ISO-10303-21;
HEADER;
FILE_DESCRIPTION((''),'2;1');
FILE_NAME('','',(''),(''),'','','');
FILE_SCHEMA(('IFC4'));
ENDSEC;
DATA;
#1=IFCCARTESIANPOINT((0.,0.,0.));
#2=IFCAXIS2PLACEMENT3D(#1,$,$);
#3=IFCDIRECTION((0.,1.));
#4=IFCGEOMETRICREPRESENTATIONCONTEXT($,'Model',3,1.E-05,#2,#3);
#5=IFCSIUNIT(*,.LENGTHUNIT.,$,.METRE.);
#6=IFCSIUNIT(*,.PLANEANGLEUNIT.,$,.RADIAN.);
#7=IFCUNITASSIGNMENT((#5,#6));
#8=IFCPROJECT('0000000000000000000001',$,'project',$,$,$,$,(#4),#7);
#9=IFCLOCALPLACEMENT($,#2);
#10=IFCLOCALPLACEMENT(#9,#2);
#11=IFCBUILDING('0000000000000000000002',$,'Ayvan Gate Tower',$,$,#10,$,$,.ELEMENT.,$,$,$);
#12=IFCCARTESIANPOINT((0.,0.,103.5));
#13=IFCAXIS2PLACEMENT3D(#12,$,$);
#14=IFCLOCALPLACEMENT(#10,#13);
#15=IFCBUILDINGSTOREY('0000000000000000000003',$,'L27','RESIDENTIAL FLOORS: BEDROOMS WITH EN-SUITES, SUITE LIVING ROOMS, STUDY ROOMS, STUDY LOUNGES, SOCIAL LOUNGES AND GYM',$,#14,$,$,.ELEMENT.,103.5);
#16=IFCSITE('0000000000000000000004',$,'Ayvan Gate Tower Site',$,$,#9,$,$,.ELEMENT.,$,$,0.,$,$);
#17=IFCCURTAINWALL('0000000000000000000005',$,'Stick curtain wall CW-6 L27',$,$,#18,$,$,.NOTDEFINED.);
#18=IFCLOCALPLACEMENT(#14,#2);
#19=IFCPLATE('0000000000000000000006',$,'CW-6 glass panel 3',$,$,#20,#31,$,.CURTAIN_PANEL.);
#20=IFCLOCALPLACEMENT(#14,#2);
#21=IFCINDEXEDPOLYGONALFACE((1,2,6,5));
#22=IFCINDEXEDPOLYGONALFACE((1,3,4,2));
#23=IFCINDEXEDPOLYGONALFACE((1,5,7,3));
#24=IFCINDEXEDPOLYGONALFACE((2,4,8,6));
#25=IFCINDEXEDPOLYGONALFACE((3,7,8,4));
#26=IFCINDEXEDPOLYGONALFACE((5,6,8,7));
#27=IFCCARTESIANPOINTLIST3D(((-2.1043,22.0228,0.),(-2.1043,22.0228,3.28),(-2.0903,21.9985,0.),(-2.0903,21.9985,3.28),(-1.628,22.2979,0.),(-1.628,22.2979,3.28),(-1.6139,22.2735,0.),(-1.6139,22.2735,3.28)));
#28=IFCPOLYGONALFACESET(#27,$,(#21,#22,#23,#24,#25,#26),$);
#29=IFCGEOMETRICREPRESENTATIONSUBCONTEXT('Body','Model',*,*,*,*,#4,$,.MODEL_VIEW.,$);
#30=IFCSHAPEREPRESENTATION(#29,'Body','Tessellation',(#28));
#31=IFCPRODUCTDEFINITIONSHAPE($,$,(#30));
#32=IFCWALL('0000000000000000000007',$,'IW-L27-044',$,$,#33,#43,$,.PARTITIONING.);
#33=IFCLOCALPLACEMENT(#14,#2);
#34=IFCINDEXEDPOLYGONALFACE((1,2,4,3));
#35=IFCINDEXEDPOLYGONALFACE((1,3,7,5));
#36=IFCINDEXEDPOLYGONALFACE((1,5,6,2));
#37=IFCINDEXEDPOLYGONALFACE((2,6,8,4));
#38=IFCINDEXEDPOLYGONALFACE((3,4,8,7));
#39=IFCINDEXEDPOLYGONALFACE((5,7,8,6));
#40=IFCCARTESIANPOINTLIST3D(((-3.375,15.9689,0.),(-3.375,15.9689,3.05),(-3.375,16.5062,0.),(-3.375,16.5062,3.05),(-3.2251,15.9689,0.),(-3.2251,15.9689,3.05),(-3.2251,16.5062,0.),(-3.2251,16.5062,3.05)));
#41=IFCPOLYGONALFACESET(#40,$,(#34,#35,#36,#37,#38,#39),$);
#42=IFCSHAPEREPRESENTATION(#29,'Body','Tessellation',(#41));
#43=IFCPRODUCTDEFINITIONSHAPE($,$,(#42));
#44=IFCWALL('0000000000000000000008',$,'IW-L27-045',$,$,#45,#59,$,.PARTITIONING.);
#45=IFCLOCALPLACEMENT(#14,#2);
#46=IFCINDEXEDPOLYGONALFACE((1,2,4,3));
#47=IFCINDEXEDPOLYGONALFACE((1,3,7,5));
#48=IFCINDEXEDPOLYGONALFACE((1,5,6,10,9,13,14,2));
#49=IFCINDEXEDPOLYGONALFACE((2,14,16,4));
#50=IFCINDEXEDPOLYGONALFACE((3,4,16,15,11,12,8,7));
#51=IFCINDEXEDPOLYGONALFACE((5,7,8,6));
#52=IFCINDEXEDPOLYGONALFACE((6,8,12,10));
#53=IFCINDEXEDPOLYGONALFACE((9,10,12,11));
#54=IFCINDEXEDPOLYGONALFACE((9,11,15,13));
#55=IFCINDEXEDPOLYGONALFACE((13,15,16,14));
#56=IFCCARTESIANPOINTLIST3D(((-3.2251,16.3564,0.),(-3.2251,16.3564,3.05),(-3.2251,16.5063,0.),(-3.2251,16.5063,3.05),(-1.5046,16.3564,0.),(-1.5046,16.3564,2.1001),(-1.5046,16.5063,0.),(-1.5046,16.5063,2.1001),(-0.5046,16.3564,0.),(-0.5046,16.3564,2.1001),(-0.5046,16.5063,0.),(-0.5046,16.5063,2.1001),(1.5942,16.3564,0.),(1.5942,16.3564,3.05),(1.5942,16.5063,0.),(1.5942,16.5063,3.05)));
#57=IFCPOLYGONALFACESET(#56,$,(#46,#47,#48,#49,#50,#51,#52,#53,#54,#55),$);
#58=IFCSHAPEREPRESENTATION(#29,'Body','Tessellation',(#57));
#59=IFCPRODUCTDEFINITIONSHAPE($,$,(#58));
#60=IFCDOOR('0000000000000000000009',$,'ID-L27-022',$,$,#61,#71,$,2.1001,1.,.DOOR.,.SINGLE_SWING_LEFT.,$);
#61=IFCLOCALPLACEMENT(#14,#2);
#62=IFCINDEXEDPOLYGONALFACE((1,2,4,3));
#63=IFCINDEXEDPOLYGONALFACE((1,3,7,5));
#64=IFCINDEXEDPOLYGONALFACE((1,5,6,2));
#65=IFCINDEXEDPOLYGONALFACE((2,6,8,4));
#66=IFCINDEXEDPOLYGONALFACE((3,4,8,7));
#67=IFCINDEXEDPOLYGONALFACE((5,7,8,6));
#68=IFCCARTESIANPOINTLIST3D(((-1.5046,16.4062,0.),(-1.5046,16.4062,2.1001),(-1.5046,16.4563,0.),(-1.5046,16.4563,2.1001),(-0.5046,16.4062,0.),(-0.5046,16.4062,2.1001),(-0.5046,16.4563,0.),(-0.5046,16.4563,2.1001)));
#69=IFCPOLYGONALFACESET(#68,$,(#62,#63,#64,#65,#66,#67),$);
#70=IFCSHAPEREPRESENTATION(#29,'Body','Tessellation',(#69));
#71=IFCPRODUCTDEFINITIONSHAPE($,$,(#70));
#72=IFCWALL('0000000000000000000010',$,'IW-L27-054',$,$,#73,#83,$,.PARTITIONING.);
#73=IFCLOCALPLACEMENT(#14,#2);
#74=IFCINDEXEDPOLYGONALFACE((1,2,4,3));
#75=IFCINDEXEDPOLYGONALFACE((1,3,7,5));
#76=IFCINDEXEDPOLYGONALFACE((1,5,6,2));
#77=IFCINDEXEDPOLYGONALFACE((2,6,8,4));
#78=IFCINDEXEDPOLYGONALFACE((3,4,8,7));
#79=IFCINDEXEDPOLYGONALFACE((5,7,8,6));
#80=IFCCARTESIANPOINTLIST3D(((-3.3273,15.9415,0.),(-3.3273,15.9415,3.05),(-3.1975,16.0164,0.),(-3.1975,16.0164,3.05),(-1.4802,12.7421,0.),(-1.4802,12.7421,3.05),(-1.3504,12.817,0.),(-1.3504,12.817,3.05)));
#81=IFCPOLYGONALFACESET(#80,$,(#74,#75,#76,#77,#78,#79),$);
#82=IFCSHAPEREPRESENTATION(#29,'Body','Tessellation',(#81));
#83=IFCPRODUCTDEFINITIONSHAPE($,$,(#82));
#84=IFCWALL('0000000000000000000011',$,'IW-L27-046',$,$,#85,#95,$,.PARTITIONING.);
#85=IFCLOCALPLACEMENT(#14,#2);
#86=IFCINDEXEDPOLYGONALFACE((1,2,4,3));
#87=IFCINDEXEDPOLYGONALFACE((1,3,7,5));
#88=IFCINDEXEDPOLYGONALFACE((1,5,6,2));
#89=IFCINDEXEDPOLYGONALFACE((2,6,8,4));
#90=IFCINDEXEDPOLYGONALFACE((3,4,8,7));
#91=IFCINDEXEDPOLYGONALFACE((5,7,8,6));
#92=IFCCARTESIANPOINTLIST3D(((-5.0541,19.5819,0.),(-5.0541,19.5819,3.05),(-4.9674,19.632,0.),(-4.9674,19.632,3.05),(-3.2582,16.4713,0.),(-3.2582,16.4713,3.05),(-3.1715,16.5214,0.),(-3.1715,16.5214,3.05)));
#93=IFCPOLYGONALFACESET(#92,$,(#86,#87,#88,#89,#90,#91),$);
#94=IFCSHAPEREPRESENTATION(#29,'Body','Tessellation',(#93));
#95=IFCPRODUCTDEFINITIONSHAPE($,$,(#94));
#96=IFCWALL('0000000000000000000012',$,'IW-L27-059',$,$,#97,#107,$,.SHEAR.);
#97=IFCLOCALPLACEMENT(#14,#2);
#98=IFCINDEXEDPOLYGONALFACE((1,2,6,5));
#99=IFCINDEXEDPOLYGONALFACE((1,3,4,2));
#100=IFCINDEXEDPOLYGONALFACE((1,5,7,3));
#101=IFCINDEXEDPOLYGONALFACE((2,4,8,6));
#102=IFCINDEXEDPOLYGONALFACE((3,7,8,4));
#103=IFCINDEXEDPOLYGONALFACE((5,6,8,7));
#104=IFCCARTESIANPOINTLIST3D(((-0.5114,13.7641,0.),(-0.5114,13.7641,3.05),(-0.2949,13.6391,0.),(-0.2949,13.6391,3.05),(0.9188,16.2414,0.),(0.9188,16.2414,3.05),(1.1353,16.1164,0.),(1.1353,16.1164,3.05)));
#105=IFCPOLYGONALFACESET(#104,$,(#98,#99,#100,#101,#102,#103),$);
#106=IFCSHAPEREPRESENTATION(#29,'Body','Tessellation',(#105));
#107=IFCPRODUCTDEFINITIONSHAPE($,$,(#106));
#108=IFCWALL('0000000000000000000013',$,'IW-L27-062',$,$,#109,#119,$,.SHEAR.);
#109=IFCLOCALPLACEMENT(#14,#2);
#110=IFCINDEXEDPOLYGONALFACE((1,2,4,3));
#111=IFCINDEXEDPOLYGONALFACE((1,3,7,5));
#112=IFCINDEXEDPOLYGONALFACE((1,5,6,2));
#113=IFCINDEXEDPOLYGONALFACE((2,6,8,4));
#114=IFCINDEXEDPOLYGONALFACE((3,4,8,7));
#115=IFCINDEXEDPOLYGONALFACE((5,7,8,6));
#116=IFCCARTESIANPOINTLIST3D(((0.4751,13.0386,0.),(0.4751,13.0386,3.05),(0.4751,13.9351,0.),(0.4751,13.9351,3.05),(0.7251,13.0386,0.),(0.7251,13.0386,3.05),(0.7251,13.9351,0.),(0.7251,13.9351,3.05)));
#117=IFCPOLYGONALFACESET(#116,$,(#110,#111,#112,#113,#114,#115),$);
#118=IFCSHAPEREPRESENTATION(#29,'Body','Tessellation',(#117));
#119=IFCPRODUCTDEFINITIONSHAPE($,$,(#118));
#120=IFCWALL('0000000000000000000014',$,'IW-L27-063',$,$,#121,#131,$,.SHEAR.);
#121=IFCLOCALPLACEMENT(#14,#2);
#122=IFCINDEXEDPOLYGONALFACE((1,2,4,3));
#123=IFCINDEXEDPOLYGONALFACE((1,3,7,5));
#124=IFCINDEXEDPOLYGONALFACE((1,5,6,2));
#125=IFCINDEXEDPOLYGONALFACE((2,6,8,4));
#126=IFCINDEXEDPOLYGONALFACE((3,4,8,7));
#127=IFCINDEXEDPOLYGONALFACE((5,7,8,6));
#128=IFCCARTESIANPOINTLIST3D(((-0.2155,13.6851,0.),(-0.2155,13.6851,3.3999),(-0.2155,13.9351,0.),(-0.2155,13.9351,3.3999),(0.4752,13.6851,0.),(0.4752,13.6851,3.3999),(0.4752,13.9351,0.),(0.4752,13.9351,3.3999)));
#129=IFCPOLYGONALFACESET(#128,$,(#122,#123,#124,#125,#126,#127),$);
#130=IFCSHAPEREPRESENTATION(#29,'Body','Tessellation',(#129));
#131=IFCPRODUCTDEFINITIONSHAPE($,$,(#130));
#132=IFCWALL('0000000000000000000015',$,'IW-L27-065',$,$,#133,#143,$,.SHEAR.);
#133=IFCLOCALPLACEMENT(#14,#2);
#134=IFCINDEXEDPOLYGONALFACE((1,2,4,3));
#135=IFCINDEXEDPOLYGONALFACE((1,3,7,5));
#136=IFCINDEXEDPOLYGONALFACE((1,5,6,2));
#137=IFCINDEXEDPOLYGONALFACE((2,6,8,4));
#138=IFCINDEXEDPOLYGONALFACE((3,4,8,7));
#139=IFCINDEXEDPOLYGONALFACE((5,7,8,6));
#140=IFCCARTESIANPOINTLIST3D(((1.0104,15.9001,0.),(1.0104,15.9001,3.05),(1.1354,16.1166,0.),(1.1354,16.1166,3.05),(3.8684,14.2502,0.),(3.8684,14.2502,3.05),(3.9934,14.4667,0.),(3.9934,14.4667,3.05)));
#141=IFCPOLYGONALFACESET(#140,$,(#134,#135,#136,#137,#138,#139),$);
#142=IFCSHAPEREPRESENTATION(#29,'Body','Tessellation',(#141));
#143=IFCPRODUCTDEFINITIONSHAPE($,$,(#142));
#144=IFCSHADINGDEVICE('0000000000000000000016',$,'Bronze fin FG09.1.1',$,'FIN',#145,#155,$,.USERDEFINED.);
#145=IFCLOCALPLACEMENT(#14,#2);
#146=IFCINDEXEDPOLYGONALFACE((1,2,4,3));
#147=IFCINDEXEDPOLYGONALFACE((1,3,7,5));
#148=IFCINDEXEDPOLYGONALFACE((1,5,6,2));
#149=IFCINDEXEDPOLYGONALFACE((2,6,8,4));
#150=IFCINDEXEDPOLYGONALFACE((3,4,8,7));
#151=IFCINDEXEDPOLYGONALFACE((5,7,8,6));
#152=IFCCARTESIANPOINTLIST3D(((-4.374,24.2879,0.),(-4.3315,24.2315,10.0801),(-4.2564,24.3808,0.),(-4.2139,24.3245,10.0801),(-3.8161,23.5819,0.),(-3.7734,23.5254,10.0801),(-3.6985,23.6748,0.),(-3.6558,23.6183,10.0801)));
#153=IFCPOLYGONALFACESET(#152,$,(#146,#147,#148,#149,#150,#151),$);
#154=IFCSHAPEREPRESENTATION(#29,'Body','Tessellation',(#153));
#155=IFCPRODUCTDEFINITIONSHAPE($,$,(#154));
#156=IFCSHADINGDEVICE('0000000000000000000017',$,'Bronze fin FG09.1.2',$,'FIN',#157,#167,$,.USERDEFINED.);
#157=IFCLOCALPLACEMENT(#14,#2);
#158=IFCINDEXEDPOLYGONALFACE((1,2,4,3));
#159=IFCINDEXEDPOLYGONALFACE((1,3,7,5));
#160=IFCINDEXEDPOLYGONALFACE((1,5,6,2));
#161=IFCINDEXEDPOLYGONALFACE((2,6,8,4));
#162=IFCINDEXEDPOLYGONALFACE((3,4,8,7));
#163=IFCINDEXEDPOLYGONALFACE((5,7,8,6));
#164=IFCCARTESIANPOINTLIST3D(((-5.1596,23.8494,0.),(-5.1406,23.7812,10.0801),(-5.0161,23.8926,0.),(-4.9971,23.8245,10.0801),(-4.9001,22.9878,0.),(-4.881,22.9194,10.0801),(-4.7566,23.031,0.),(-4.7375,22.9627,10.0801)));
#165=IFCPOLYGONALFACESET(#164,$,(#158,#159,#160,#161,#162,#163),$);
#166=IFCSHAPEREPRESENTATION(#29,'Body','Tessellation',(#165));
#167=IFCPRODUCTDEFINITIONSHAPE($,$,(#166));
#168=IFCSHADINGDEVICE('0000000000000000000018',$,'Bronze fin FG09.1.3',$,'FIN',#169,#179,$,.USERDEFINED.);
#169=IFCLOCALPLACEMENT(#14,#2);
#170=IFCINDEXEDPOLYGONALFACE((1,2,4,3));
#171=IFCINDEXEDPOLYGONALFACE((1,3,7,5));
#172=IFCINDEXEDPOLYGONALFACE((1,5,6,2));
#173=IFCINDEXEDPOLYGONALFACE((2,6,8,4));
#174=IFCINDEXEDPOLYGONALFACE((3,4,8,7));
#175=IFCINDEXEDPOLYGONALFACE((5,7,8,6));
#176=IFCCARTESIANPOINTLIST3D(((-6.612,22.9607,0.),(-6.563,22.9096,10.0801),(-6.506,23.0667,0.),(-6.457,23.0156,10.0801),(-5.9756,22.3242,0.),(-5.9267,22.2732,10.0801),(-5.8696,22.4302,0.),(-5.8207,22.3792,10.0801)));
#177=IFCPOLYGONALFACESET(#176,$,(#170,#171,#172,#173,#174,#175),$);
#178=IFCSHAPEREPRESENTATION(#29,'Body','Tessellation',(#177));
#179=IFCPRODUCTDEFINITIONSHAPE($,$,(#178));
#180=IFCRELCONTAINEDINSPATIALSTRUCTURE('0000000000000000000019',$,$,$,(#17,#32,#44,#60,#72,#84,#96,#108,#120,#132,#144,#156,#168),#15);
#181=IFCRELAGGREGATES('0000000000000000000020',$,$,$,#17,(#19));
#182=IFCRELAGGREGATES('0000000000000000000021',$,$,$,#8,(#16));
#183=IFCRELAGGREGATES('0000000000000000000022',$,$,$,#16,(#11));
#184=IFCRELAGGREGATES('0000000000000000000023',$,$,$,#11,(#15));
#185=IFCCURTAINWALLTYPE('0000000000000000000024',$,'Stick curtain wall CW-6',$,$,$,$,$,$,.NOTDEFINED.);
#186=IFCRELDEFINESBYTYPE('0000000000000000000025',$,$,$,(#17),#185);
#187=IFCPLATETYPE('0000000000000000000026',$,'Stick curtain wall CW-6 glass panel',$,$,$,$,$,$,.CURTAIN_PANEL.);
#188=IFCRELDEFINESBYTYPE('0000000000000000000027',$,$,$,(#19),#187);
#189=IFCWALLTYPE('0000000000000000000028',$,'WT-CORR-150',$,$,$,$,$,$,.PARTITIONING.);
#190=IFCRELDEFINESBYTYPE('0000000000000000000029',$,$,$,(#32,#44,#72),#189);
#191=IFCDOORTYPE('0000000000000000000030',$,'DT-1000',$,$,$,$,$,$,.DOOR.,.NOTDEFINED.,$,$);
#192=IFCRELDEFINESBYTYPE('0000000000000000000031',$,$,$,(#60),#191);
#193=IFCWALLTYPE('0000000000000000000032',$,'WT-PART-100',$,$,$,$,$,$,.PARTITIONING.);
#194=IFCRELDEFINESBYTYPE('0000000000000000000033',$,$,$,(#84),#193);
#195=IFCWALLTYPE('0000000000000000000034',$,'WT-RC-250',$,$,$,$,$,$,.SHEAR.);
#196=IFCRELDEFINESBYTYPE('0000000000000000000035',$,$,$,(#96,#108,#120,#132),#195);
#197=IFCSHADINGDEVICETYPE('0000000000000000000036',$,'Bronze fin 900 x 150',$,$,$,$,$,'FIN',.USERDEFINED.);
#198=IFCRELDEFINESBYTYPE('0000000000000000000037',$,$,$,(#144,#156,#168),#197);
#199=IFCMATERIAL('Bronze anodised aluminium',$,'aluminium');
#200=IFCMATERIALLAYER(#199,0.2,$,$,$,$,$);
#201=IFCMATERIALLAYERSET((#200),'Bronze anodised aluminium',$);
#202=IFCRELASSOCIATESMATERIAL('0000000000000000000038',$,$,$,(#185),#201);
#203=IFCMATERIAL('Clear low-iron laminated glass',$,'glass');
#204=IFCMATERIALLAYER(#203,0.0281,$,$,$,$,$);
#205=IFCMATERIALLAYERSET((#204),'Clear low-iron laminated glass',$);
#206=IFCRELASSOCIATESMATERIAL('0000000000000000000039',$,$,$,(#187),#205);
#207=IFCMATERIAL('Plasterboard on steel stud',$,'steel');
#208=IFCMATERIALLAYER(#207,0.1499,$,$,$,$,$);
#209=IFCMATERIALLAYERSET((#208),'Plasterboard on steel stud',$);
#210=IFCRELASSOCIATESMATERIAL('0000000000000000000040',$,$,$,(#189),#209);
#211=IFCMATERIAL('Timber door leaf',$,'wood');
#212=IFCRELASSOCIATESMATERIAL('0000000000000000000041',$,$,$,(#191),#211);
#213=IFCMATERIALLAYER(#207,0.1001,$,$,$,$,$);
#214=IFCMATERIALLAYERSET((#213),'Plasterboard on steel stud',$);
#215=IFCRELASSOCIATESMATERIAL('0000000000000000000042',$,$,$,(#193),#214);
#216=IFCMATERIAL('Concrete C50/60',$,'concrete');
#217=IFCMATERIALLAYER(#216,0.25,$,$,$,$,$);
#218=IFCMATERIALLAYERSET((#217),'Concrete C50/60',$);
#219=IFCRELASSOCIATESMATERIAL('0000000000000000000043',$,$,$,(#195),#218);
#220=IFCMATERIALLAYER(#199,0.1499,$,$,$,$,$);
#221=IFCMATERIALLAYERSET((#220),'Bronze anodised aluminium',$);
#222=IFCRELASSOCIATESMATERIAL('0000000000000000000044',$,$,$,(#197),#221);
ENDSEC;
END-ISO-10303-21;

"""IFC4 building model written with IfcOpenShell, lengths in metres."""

from ifc_helpers import new_model, si_unit, direction, frame, frame_2d, origin, origin_2d, place, context, subcontext, project, spatial, polyline, rectangle, outline, extrude, material, layer, layer_set, type_object, element, fill, aggregate, save


model = new_model("IFC4")

# Units and contexts
model_context = context("Model", 3, precision=1e-05, world=origin(), true_north=direction((0.0, 1.0)))
body_context = subcontext(model_context, "Body", "Model", "MODEL_VIEW")
ifc_project = project(units=[si_unit("LENGTHUNIT", "METRE"), si_unit("PLANEANGLEUNIT", "RADIAN")], contexts=[model_context])

# Site, building, storey
site_placement = place(None, origin())
site = spatial("IfcSite", under=ifc_project, at=site_placement, Name="Ayvan Gate Tower Site", CompositionType="ELEMENT", RefElevation=0.0)
building_placement = place(site_placement, origin())
building = spatial("IfcBuilding", under=site, at=building_placement, Name="Ayvan Gate Tower", CompositionType="ELEMENT")
storey_placement = place(building_placement, frame((0.0, 0.0, 103.5)))
storey = spatial("IfcBuildingStorey", under=building, at=storey_placement, Name="L27", Description="RESIDENTIAL FLOORS: BEDROOMS WITH EN-SUITES, SUITE LIVING ROOMS, STUDY ROOMS, STUDY LOUNGES, SOCIAL LOUNGES AND GYM", CompositionType="ELEMENT", Elevation=103.5)

# Curtain wall
ifc_material_1 = material(Name="Bronze anodised aluminium", Category="aluminium")
ifc_layer_1 = layer(ifc_material_1, 0.2)
ifc_layer_set_1 = layer_set([ifc_layer_1], Name="Bronze anodised aluminium")
curtain_wall_type_1 = type_object("IfcCurtainWallType", Name="Stick curtain wall CW-6", PredefinedType="NOTDEFINED", material=ifc_layer_set_1)
curtain_wall_1_placement = place(storey_placement, origin())
curtain_wall_1 = element("IfcCurtainWall", 1, at=curtain_wall_1_placement, inside=storey, type_object=curtain_wall_type_1, Name="Stick curtain wall CW-6 L27", PredefinedType="NOTDEFINED")

# Plate
ifc_material_2 = material(Name="Clear low-iron laminated glass", Category="glass")
ifc_layer_2 = layer(ifc_material_2, 0.0281)
ifc_layer_set_2 = layer_set([ifc_layer_2], Name="Clear low-iron laminated glass")
plate_type_1 = type_object("IfcPlateType", Name="Stick curtain wall CW-6 glass panel", PredefinedType="CURTAIN_PANEL", material=ifc_layer_set_2)
plate_1_placement = place(storey_placement, frame((-1.8591, 22.1482, 0.0), z_axis=(0.0, 0.0, 1.0), x_axis=(-0.866025, -0.5, 0.0)))
plate_1 = element("IfcPlate", 2, at=plate_1_placement, type_object=plate_type_1, Name="CW-6 glass panel 3", PredefinedType="CURTAIN_PANEL", context=body_context, shape_type="SweptSolid", body=[
    extrude(rectangle(XDim=0.55, YDim=0.0281, at=origin_2d()), origin(), (0.0, 0.0, 1.0), 3.28),
])
aggregate(curtain_wall_1, [plate_1])

# Wall
ifc_material_3 = material(Name="Plasterboard on steel stud", Category="steel")
ifc_layer_3 = layer(ifc_material_3, 0.1499)
ifc_layer_set_3 = layer_set([ifc_layer_3], Name="Plasterboard on steel stud")
wall_type_1 = type_object("IfcWallType", Name="WT-CORR-150", PredefinedType="PARTITIONING", material=ifc_layer_set_3)
wall_1_placement = place(storey_placement, frame((-3.3, 15.969, 0.0), z_axis=(0.0, 0.0, 1.0), x_axis=(0.0, 1.0, 0.0)))
element("IfcWall", 3, at=wall_1_placement, inside=storey, type_object=wall_type_1, Name="IW-L27-044", PredefinedType="PARTITIONING", context=body_context, shape_type="SweptSolid", body=[
    extrude(rectangle(XDim=0.5374, YDim=0.1499, at=frame_2d((0.2686, 0.0))), origin(), (0.0, 0.0, 1.0), 3.05),
])

# Wall, opening, door
wall_2_placement = place(storey_placement, frame((-3.2251, 16.4314, 0.0), z_axis=(0.0, 0.0, 1.0), x_axis=(1.0, 0.0, 0.0)))
wall_2 = element("IfcWall", 4, at=wall_2_placement, inside=storey, type_object=wall_type_1, Name="IW-L27-045", PredefinedType="PARTITIONING", context=body_context, shape_type="SweptSolid", body=[
    extrude(rectangle(XDim=4.8193, YDim=0.1499, at=frame_2d((2.4097, 0.0))), origin(), (0.0, 0.0, 1.0), 3.05),
])
opening_placement = place(wall_2_placement, frame((1.7205, 0.0, 0.0)))
opening = element("IfcOpeningElement", 5, at=opening_placement, cuts=wall_2, PredefinedType="OPENING", context=body_context, shape_type="SweptSolid", body=[
    extrude(rectangle(XDim=1.0, YDim=2.1001, at=frame_2d((0.5, 1.05))), frame((0.0, 0.085, 0.0), z_axis=(0.0, -1.0, 0.0), x_axis=(1.0, 0.0, 0.0)), (0.0, 0.0, 1.0), 0.1699),
])
ifc_material_4 = material(Name="Timber door leaf", Category="wood")
door_type = type_object("IfcDoorType", Name="DT-1000", OperationType="NOTDEFINED", PredefinedType="DOOR", material=ifc_material_4)
door_placement = place(opening_placement, origin())
door = element("IfcDoor", 6, at=door_placement, inside=storey, type_object=door_type, Name="ID-L27-022", OperationType="SINGLE_SWING_LEFT", OverallHeight=2.1001, OverallWidth=1.0, PredefinedType="DOOR", context=body_context, shape_type="SweptSolid", body=[
    extrude(rectangle(XDim=1.0, YDim=2.1001, at=frame_2d((0.5, 1.05))), frame((0.0, 0.0249, 0.0), z_axis=(0.0, -1.0, 0.0), x_axis=(1.0, 0.0, 0.0)), (0.0, 0.0, 1.0), 0.05),
])
fill(opening, door)

# Walls
wall_3_placement = place(storey_placement, frame((-1.4153, 12.7795, 0.0), z_axis=(0.0, 0.0, 1.0), x_axis=(-0.499991, 0.86603, 0.0)))
element("IfcWall", 7, at=wall_3_placement, inside=storey, type_object=wall_type_1, Name="IW-L27-054", PredefinedType="PARTITIONING", context=body_context, shape_type="SweptSolid", body=[
    extrude(rectangle(XDim=3.6943, YDim=0.1499, at=frame_2d((1.8472, 0.0))), origin(), (0.0, 0.0, 1.0), 3.05),
])
ifc_layer_4 = layer(ifc_material_3, 0.1001)
ifc_layer_set_4 = layer_set([ifc_layer_4], Name="Plasterboard on steel stud")
wall_type_2 = type_object("IfcWallType", Name="WT-PART-100", PredefinedType="PARTITIONING", material=ifc_layer_set_4)
wall_4_placement = place(storey_placement, frame((-3.2148, 16.4963, 0.0), z_axis=(0.0, 0.0, 1.0), x_axis=(-0.499999, 0.866026, 0.0)))
element("IfcWall", 8, at=wall_4_placement, inside=storey, type_object=wall_type_2, Name="IW-L27-046", PredefinedType="PARTITIONING", context=body_context, shape_type="SweptSolid", body=[
    extrude(rectangle(XDim=3.5918, YDim=0.1001, at=frame_2d((1.7959, 0.0))), origin(), (0.0, 0.0, 1.0), 3.05),
])
ifc_material_5 = material(Name="Concrete C50/60", Category="concrete")
ifc_layer_5 = layer(ifc_material_5, 0.25)
ifc_layer_set_5 = layer_set([ifc_layer_5], Name="Concrete C50/60")
wall_type_3 = type_object("IfcWallType", Name="WT-RC-250", PredefinedType="SHEAR", material=ifc_layer_set_5)
wall_5_placement = place(storey_placement, frame((-0.4031, 13.7017, 0.0), z_axis=(0.0, 0.0, 1.0), x_axis=(0.499976, 0.866039, 0.0)))
element("IfcWall", 9, at=wall_5_placement, inside=storey, type_object=wall_type_3, Name="IW-L27-059", PredefinedType="SHEAR", context=body_context, shape_type="SweptSolid", body=[
    extrude(rectangle(XDim=2.8606, YDim=0.25, at=frame_2d((1.4302, 0.0))), origin(), (0.0, 0.0, 1.0), 3.05),
])
wall_6_placement = place(storey_placement, frame((0.6001, 13.0386, 0.0), z_axis=(0.0, 0.0, 1.0), x_axis=(0.0, 1.0, 0.0)))
element("IfcWall", 10, at=wall_6_placement, inside=storey, type_object=wall_type_3, Name="IW-L27-062", PredefinedType="SHEAR", context=body_context, shape_type="SweptSolid", body=[
    extrude(rectangle(XDim=0.8965, YDim=0.25, at=frame_2d((0.4482, 0.0))), origin(), (0.0, 0.0, 1.0), 3.05),
])
wall_7_placement = place(storey_placement, frame((0.4751, 13.8101, 0.0), z_axis=(0.0, 0.0, 1.0), x_axis=(-1.0, 0.0, 0.0)))
element("IfcWall", 11, at=wall_7_placement, inside=storey, type_object=wall_type_3, Name="IW-L27-063", PredefinedType="SHEAR", context=body_context, shape_type="SweptSolid", body=[
    extrude(rectangle(XDim=0.6907, YDim=0.25, at=frame_2d((0.3452, 0.0))), origin(), (0.0, 0.0, 1.0), 3.3999),
])
wall_8_placement = place(storey_placement, frame((1.073, 16.0083, 0.0), z_axis=(0.0, 0.0, 1.0), x_axis=(0.86604, -0.499974, 0.0)))
element("IfcWall", 12, at=wall_8_placement, inside=storey, type_object=wall_type_3, Name="IW-L27-065", PredefinedType="SHEAR", context=body_context, shape_type="SweptSolid", body=[
    extrude(rectangle(XDim=3.3, YDim=0.25, at=frame_2d((1.6499, 0.0))), origin(), (0.0, 0.0, 1.0), 3.05),
])

# Shading devices
ifc_layer_6 = layer(ifc_material_1, 0.1499)
ifc_layer_set_6 = layer_set([ifc_layer_6], Name="Bronze anodised aluminium")
shading_device_type = type_object("IfcShadingDeviceType", Name="Bronze fin 900 x 150", ElementType="FIN", PredefinedType="USERDEFINED", material=ifc_layer_set_6)
shading_device_1_placement = place(storey_placement, frame((-3.6985, 23.6748, 0.0), z_axis=(0.784574, 0.620036, 0.000153), x_axis=(-0.620036, 0.784574, 0.0)))
element("IfcShadingDevice", 13, at=shading_device_1_placement, inside=storey, type_object=shading_device_type, Name="Bronze fin FG09.1.1", ObjectType="FIN", PredefinedType="USERDEFINED", context=body_context, shape_type="SweptSolid", body=[
    extrude(outline(polyline([(0.0, 0.0), (0.8998, 0.0), (0.8293, 10.0801), (-0.0707, 10.0801), (0.0, 0.0)])), origin(), (0.0, 0.0, -1.0), 0.1499),
])
shading_device_2_placement = place(storey_placement, frame((-4.7566, 23.031, 0.0), z_axis=(0.957516, 0.288381, 0.000143), x_axis=(-0.288381, 0.957516, 0.0)))
element("IfcShadingDevice", 14, at=shading_device_2_placement, inside=storey, type_object=shading_device_type, Name="Bronze fin FG09.1.2", ObjectType="FIN", PredefinedType="USERDEFINED", context=body_context, shape_type="SweptSolid", body=[
    extrude(outline(polyline([(0.0, 0.0), (0.8998, 0.0), (0.8291, 10.0801), (-0.0709, 10.0801), (0.0, 0.0)])), origin(), (0.0, 0.0, -1.0), 0.1499),
])
shading_device_3_placement = place(storey_placement, frame((-5.8696, 22.4302, 0.0), z_axis=(0.707175, 0.707039, 0.000145), x_axis=(-0.707039, 0.707175, 0.0)))
element("IfcShadingDevice", 15, at=shading_device_3_placement, inside=storey, type_object=shading_device_type, Name="Bronze fin FG09.1.3", ObjectType="FIN", PredefinedType="USERDEFINED", context=body_context, shape_type="SweptSolid", body=[
    extrude(outline(polyline([(0.0, 0.0), (0.9001, 0.0), (0.8293, 10.0801), (-0.0706, 10.0801), (0.0, 0.0)])), origin(), (0.0, 0.0, -1.0), 0.1499),
])

save(model, "model.ifc")
